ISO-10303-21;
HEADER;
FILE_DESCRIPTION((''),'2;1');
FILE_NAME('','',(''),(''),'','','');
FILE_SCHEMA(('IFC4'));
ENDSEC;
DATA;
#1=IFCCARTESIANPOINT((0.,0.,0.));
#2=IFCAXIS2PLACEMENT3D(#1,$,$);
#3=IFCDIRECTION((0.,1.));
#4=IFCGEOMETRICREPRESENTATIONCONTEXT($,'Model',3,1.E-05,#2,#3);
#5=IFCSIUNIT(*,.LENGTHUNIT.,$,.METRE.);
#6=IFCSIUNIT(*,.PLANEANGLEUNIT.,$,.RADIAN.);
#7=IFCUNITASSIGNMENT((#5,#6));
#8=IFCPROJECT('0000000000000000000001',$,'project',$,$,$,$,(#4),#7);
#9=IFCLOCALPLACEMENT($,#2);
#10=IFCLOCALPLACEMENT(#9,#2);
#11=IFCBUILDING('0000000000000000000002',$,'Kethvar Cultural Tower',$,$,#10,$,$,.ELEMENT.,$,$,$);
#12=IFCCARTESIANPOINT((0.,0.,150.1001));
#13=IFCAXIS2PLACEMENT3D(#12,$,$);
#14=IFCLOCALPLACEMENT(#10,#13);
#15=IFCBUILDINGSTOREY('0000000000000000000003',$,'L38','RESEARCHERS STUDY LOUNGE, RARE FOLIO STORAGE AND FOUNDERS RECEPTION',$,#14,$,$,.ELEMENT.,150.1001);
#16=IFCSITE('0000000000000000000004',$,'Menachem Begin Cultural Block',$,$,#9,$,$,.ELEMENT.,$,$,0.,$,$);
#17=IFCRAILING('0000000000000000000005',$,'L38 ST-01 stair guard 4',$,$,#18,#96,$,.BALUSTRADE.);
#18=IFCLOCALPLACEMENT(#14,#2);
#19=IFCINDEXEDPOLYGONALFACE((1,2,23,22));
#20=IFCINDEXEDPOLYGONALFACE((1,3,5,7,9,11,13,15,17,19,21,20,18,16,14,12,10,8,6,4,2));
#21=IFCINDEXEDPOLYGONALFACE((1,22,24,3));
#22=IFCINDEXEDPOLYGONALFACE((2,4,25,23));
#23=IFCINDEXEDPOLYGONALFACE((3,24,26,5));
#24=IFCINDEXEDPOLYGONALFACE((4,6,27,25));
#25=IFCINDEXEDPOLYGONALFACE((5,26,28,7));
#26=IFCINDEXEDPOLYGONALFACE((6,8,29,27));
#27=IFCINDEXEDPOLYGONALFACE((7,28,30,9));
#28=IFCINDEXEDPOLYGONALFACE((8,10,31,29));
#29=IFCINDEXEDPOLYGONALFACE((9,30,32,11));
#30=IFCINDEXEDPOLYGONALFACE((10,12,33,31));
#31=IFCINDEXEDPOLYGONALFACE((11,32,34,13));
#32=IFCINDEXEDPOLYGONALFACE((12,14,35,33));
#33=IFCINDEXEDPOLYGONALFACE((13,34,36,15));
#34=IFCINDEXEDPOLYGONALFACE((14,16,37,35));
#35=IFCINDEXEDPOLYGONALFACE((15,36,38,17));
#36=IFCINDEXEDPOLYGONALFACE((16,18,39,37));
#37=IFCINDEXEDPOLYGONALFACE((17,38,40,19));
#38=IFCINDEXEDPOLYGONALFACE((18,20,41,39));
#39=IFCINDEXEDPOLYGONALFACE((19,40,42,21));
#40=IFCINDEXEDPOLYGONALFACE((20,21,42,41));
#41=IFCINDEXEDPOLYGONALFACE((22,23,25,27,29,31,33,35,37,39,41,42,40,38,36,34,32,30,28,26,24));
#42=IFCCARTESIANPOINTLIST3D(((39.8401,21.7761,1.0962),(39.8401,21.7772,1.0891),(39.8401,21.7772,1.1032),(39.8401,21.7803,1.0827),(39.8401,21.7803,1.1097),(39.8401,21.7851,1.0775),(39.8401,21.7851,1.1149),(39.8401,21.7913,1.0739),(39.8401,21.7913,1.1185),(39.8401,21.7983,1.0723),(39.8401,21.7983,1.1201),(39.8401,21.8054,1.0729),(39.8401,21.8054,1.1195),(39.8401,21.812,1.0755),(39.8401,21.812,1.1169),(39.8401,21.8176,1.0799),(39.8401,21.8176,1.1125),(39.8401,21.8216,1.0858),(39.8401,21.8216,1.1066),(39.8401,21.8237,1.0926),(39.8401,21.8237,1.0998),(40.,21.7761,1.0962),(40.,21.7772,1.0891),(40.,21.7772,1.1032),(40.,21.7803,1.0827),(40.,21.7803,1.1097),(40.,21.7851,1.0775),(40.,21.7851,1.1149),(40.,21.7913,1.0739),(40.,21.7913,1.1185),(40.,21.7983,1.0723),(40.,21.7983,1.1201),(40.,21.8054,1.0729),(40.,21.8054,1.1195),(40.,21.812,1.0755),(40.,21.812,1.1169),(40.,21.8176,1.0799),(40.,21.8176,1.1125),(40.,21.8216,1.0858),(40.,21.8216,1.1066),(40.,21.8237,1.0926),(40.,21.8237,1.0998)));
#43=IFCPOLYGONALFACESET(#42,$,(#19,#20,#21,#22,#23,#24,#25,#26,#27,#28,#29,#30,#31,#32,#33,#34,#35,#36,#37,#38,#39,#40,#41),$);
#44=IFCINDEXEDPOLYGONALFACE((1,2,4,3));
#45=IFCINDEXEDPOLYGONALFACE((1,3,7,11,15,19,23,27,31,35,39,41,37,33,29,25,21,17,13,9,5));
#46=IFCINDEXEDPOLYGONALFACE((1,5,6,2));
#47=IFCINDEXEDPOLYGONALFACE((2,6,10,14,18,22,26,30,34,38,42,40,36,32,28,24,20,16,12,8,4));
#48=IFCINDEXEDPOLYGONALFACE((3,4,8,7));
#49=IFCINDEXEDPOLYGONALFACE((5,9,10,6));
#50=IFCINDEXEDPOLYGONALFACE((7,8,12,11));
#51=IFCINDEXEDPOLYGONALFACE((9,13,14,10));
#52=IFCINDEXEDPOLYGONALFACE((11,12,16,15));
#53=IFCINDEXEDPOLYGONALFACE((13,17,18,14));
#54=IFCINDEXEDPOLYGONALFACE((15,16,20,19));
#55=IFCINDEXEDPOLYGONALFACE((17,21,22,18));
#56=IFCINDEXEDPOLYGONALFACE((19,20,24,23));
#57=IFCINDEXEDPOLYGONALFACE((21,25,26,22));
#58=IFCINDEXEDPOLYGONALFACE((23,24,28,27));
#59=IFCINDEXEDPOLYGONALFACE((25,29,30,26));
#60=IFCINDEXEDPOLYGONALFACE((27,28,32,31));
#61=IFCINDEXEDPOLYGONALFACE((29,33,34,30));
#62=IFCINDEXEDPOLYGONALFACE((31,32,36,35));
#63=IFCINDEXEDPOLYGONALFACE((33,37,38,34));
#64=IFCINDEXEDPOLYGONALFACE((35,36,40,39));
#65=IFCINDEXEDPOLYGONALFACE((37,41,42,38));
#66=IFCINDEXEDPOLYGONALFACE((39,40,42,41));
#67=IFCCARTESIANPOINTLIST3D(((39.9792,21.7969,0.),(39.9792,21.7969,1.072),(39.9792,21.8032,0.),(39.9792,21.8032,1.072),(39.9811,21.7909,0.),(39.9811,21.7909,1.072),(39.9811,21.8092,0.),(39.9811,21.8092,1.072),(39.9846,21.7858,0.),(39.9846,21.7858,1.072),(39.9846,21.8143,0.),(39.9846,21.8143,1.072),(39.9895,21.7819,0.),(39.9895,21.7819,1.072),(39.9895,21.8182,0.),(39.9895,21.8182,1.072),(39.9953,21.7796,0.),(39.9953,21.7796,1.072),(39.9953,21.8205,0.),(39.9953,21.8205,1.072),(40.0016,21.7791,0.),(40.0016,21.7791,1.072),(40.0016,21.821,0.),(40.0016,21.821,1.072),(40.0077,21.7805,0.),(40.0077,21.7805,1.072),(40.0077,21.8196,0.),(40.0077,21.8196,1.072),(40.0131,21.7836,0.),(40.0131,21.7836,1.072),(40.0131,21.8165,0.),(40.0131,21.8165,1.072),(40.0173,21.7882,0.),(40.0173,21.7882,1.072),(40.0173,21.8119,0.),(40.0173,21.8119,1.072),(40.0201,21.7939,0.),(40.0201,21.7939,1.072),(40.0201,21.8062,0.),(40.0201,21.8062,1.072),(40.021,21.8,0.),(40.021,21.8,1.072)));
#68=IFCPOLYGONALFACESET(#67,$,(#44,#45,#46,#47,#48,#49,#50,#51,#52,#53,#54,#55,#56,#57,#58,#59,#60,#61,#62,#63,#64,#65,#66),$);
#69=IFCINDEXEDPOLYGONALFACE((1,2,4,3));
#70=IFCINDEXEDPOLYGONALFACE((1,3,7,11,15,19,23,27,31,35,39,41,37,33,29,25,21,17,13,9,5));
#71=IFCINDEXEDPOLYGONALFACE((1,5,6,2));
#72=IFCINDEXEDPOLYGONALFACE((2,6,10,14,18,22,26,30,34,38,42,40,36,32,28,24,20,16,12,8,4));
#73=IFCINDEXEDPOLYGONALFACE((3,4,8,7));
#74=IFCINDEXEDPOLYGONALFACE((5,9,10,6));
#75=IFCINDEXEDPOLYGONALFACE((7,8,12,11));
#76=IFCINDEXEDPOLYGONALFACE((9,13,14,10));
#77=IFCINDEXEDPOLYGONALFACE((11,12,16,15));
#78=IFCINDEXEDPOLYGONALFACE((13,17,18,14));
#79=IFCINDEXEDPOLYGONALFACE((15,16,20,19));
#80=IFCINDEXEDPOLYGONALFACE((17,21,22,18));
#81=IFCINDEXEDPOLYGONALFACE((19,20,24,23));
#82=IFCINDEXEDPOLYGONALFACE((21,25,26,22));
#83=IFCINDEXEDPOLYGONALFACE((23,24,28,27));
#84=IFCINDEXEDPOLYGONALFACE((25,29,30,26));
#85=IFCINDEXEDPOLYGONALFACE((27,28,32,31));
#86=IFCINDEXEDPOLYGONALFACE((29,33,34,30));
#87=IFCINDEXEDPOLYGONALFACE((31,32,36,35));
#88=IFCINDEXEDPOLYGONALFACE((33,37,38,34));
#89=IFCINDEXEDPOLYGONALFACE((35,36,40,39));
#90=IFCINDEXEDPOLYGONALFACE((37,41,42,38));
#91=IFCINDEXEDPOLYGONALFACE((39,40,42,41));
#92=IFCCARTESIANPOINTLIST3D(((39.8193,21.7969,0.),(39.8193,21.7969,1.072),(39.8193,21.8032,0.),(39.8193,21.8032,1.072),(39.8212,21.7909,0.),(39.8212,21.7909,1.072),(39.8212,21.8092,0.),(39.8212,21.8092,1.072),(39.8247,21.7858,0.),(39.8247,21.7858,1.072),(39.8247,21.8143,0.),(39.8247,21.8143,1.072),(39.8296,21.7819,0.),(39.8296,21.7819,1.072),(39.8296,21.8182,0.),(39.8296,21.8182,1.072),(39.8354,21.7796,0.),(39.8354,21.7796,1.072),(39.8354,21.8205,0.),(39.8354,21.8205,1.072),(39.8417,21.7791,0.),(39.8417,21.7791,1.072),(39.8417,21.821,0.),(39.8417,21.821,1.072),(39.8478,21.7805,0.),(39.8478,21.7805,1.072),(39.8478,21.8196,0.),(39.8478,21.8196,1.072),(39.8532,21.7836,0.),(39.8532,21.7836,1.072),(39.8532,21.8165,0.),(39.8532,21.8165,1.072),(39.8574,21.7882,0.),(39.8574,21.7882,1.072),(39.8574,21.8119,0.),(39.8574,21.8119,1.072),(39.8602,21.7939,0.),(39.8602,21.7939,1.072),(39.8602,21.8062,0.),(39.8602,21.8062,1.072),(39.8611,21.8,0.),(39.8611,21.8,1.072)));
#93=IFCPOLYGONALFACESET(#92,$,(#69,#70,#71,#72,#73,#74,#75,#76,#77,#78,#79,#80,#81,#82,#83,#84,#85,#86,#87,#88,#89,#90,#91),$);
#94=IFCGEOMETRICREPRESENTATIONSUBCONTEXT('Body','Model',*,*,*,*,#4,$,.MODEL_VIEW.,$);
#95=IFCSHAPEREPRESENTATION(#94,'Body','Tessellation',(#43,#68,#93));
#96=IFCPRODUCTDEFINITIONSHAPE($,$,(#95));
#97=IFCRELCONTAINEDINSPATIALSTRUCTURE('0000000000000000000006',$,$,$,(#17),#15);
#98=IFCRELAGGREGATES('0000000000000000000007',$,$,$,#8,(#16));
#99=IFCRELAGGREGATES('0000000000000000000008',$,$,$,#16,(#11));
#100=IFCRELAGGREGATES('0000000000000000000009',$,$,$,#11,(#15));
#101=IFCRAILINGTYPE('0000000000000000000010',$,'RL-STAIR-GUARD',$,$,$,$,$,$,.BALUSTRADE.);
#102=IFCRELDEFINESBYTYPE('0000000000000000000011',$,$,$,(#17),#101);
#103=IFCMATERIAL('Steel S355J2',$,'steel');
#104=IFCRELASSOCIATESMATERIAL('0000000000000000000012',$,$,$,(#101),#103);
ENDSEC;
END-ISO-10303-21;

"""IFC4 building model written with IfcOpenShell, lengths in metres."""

from ifc_helpers import new_model, si_unit, direction, frame, origin, origin_2d, place, context, subcontext, project, spatial, circle, extrude, material, type_object, element, save


model = new_model("IFC4")

# Units and contexts
model_context = context("Model", 3, precision=1e-05, world=origin(), true_north=direction((0.0, 1.0)))
body_context = subcontext(model_context, "Body", "Model", "MODEL_VIEW")
ifc_project = project(units=[si_unit("LENGTHUNIT", "METRE"), si_unit("PLANEANGLEUNIT", "RADIAN")], contexts=[model_context])

# Site, building, storey
site_placement = place(None, origin())
site = spatial("IfcSite", under=ifc_project, at=site_placement, Name="Menachem Begin Cultural Block", CompositionType="ELEMENT", RefElevation=0.0)
building_placement = place(site_placement, origin())
building = spatial("IfcBuilding", under=site, at=building_placement, Name="Kethvar Cultural Tower", CompositionType="ELEMENT")
storey_placement = place(building_placement, frame((0.0, 0.0, 150.1001)))
storey = spatial("IfcBuildingStorey", under=building, at=storey_placement, Name="L38", Description="RESEARCHERS STUDY LOUNGE, RARE FOLIO STORAGE AND FOUNDERS RECEPTION", CompositionType="ELEMENT", Elevation=150.1001)

# Shared definitions
ifc_material_1 = material(Name="Steel S355J2", Category="steel")

# Railing
railing_type_1 = type_object("IfcRailingType", Name="RL-STAIR-GUARD", PredefinedType="BALUSTRADE", material=ifc_material_1)
railing_1_placement = place(storey_placement, frame((40.0, 21.8, 0.0)))
element("IfcRailing", 1, at=railing_1_placement, inside=storey, type_object=railing_type_1, Name="L38 ST-01 stair guard 4", PredefinedType="BALUSTRADE", context=body_context, shape_type="SweptSolid", body=[
    extrude(circle(Radius=0.0239, at=origin_2d()), frame((0.0, 0.0, 1.0962), z_axis=(-1.0, 0.0, 0.0), x_axis=(0.0, -1.0, 0.0)), (0.0, 0.0, 1.0), 0.1599),
    extrude(circle(Radius=0.021, at=origin_2d()), origin(), (0.0, 0.0, 1.0), 1.072),
    extrude(circle(Radius=0.021, at=origin_2d()), frame((-0.1599, 0.0, 0.0)), (0.0, 0.0, 1.0), 1.072),
])

save(model, "model.ifc")
